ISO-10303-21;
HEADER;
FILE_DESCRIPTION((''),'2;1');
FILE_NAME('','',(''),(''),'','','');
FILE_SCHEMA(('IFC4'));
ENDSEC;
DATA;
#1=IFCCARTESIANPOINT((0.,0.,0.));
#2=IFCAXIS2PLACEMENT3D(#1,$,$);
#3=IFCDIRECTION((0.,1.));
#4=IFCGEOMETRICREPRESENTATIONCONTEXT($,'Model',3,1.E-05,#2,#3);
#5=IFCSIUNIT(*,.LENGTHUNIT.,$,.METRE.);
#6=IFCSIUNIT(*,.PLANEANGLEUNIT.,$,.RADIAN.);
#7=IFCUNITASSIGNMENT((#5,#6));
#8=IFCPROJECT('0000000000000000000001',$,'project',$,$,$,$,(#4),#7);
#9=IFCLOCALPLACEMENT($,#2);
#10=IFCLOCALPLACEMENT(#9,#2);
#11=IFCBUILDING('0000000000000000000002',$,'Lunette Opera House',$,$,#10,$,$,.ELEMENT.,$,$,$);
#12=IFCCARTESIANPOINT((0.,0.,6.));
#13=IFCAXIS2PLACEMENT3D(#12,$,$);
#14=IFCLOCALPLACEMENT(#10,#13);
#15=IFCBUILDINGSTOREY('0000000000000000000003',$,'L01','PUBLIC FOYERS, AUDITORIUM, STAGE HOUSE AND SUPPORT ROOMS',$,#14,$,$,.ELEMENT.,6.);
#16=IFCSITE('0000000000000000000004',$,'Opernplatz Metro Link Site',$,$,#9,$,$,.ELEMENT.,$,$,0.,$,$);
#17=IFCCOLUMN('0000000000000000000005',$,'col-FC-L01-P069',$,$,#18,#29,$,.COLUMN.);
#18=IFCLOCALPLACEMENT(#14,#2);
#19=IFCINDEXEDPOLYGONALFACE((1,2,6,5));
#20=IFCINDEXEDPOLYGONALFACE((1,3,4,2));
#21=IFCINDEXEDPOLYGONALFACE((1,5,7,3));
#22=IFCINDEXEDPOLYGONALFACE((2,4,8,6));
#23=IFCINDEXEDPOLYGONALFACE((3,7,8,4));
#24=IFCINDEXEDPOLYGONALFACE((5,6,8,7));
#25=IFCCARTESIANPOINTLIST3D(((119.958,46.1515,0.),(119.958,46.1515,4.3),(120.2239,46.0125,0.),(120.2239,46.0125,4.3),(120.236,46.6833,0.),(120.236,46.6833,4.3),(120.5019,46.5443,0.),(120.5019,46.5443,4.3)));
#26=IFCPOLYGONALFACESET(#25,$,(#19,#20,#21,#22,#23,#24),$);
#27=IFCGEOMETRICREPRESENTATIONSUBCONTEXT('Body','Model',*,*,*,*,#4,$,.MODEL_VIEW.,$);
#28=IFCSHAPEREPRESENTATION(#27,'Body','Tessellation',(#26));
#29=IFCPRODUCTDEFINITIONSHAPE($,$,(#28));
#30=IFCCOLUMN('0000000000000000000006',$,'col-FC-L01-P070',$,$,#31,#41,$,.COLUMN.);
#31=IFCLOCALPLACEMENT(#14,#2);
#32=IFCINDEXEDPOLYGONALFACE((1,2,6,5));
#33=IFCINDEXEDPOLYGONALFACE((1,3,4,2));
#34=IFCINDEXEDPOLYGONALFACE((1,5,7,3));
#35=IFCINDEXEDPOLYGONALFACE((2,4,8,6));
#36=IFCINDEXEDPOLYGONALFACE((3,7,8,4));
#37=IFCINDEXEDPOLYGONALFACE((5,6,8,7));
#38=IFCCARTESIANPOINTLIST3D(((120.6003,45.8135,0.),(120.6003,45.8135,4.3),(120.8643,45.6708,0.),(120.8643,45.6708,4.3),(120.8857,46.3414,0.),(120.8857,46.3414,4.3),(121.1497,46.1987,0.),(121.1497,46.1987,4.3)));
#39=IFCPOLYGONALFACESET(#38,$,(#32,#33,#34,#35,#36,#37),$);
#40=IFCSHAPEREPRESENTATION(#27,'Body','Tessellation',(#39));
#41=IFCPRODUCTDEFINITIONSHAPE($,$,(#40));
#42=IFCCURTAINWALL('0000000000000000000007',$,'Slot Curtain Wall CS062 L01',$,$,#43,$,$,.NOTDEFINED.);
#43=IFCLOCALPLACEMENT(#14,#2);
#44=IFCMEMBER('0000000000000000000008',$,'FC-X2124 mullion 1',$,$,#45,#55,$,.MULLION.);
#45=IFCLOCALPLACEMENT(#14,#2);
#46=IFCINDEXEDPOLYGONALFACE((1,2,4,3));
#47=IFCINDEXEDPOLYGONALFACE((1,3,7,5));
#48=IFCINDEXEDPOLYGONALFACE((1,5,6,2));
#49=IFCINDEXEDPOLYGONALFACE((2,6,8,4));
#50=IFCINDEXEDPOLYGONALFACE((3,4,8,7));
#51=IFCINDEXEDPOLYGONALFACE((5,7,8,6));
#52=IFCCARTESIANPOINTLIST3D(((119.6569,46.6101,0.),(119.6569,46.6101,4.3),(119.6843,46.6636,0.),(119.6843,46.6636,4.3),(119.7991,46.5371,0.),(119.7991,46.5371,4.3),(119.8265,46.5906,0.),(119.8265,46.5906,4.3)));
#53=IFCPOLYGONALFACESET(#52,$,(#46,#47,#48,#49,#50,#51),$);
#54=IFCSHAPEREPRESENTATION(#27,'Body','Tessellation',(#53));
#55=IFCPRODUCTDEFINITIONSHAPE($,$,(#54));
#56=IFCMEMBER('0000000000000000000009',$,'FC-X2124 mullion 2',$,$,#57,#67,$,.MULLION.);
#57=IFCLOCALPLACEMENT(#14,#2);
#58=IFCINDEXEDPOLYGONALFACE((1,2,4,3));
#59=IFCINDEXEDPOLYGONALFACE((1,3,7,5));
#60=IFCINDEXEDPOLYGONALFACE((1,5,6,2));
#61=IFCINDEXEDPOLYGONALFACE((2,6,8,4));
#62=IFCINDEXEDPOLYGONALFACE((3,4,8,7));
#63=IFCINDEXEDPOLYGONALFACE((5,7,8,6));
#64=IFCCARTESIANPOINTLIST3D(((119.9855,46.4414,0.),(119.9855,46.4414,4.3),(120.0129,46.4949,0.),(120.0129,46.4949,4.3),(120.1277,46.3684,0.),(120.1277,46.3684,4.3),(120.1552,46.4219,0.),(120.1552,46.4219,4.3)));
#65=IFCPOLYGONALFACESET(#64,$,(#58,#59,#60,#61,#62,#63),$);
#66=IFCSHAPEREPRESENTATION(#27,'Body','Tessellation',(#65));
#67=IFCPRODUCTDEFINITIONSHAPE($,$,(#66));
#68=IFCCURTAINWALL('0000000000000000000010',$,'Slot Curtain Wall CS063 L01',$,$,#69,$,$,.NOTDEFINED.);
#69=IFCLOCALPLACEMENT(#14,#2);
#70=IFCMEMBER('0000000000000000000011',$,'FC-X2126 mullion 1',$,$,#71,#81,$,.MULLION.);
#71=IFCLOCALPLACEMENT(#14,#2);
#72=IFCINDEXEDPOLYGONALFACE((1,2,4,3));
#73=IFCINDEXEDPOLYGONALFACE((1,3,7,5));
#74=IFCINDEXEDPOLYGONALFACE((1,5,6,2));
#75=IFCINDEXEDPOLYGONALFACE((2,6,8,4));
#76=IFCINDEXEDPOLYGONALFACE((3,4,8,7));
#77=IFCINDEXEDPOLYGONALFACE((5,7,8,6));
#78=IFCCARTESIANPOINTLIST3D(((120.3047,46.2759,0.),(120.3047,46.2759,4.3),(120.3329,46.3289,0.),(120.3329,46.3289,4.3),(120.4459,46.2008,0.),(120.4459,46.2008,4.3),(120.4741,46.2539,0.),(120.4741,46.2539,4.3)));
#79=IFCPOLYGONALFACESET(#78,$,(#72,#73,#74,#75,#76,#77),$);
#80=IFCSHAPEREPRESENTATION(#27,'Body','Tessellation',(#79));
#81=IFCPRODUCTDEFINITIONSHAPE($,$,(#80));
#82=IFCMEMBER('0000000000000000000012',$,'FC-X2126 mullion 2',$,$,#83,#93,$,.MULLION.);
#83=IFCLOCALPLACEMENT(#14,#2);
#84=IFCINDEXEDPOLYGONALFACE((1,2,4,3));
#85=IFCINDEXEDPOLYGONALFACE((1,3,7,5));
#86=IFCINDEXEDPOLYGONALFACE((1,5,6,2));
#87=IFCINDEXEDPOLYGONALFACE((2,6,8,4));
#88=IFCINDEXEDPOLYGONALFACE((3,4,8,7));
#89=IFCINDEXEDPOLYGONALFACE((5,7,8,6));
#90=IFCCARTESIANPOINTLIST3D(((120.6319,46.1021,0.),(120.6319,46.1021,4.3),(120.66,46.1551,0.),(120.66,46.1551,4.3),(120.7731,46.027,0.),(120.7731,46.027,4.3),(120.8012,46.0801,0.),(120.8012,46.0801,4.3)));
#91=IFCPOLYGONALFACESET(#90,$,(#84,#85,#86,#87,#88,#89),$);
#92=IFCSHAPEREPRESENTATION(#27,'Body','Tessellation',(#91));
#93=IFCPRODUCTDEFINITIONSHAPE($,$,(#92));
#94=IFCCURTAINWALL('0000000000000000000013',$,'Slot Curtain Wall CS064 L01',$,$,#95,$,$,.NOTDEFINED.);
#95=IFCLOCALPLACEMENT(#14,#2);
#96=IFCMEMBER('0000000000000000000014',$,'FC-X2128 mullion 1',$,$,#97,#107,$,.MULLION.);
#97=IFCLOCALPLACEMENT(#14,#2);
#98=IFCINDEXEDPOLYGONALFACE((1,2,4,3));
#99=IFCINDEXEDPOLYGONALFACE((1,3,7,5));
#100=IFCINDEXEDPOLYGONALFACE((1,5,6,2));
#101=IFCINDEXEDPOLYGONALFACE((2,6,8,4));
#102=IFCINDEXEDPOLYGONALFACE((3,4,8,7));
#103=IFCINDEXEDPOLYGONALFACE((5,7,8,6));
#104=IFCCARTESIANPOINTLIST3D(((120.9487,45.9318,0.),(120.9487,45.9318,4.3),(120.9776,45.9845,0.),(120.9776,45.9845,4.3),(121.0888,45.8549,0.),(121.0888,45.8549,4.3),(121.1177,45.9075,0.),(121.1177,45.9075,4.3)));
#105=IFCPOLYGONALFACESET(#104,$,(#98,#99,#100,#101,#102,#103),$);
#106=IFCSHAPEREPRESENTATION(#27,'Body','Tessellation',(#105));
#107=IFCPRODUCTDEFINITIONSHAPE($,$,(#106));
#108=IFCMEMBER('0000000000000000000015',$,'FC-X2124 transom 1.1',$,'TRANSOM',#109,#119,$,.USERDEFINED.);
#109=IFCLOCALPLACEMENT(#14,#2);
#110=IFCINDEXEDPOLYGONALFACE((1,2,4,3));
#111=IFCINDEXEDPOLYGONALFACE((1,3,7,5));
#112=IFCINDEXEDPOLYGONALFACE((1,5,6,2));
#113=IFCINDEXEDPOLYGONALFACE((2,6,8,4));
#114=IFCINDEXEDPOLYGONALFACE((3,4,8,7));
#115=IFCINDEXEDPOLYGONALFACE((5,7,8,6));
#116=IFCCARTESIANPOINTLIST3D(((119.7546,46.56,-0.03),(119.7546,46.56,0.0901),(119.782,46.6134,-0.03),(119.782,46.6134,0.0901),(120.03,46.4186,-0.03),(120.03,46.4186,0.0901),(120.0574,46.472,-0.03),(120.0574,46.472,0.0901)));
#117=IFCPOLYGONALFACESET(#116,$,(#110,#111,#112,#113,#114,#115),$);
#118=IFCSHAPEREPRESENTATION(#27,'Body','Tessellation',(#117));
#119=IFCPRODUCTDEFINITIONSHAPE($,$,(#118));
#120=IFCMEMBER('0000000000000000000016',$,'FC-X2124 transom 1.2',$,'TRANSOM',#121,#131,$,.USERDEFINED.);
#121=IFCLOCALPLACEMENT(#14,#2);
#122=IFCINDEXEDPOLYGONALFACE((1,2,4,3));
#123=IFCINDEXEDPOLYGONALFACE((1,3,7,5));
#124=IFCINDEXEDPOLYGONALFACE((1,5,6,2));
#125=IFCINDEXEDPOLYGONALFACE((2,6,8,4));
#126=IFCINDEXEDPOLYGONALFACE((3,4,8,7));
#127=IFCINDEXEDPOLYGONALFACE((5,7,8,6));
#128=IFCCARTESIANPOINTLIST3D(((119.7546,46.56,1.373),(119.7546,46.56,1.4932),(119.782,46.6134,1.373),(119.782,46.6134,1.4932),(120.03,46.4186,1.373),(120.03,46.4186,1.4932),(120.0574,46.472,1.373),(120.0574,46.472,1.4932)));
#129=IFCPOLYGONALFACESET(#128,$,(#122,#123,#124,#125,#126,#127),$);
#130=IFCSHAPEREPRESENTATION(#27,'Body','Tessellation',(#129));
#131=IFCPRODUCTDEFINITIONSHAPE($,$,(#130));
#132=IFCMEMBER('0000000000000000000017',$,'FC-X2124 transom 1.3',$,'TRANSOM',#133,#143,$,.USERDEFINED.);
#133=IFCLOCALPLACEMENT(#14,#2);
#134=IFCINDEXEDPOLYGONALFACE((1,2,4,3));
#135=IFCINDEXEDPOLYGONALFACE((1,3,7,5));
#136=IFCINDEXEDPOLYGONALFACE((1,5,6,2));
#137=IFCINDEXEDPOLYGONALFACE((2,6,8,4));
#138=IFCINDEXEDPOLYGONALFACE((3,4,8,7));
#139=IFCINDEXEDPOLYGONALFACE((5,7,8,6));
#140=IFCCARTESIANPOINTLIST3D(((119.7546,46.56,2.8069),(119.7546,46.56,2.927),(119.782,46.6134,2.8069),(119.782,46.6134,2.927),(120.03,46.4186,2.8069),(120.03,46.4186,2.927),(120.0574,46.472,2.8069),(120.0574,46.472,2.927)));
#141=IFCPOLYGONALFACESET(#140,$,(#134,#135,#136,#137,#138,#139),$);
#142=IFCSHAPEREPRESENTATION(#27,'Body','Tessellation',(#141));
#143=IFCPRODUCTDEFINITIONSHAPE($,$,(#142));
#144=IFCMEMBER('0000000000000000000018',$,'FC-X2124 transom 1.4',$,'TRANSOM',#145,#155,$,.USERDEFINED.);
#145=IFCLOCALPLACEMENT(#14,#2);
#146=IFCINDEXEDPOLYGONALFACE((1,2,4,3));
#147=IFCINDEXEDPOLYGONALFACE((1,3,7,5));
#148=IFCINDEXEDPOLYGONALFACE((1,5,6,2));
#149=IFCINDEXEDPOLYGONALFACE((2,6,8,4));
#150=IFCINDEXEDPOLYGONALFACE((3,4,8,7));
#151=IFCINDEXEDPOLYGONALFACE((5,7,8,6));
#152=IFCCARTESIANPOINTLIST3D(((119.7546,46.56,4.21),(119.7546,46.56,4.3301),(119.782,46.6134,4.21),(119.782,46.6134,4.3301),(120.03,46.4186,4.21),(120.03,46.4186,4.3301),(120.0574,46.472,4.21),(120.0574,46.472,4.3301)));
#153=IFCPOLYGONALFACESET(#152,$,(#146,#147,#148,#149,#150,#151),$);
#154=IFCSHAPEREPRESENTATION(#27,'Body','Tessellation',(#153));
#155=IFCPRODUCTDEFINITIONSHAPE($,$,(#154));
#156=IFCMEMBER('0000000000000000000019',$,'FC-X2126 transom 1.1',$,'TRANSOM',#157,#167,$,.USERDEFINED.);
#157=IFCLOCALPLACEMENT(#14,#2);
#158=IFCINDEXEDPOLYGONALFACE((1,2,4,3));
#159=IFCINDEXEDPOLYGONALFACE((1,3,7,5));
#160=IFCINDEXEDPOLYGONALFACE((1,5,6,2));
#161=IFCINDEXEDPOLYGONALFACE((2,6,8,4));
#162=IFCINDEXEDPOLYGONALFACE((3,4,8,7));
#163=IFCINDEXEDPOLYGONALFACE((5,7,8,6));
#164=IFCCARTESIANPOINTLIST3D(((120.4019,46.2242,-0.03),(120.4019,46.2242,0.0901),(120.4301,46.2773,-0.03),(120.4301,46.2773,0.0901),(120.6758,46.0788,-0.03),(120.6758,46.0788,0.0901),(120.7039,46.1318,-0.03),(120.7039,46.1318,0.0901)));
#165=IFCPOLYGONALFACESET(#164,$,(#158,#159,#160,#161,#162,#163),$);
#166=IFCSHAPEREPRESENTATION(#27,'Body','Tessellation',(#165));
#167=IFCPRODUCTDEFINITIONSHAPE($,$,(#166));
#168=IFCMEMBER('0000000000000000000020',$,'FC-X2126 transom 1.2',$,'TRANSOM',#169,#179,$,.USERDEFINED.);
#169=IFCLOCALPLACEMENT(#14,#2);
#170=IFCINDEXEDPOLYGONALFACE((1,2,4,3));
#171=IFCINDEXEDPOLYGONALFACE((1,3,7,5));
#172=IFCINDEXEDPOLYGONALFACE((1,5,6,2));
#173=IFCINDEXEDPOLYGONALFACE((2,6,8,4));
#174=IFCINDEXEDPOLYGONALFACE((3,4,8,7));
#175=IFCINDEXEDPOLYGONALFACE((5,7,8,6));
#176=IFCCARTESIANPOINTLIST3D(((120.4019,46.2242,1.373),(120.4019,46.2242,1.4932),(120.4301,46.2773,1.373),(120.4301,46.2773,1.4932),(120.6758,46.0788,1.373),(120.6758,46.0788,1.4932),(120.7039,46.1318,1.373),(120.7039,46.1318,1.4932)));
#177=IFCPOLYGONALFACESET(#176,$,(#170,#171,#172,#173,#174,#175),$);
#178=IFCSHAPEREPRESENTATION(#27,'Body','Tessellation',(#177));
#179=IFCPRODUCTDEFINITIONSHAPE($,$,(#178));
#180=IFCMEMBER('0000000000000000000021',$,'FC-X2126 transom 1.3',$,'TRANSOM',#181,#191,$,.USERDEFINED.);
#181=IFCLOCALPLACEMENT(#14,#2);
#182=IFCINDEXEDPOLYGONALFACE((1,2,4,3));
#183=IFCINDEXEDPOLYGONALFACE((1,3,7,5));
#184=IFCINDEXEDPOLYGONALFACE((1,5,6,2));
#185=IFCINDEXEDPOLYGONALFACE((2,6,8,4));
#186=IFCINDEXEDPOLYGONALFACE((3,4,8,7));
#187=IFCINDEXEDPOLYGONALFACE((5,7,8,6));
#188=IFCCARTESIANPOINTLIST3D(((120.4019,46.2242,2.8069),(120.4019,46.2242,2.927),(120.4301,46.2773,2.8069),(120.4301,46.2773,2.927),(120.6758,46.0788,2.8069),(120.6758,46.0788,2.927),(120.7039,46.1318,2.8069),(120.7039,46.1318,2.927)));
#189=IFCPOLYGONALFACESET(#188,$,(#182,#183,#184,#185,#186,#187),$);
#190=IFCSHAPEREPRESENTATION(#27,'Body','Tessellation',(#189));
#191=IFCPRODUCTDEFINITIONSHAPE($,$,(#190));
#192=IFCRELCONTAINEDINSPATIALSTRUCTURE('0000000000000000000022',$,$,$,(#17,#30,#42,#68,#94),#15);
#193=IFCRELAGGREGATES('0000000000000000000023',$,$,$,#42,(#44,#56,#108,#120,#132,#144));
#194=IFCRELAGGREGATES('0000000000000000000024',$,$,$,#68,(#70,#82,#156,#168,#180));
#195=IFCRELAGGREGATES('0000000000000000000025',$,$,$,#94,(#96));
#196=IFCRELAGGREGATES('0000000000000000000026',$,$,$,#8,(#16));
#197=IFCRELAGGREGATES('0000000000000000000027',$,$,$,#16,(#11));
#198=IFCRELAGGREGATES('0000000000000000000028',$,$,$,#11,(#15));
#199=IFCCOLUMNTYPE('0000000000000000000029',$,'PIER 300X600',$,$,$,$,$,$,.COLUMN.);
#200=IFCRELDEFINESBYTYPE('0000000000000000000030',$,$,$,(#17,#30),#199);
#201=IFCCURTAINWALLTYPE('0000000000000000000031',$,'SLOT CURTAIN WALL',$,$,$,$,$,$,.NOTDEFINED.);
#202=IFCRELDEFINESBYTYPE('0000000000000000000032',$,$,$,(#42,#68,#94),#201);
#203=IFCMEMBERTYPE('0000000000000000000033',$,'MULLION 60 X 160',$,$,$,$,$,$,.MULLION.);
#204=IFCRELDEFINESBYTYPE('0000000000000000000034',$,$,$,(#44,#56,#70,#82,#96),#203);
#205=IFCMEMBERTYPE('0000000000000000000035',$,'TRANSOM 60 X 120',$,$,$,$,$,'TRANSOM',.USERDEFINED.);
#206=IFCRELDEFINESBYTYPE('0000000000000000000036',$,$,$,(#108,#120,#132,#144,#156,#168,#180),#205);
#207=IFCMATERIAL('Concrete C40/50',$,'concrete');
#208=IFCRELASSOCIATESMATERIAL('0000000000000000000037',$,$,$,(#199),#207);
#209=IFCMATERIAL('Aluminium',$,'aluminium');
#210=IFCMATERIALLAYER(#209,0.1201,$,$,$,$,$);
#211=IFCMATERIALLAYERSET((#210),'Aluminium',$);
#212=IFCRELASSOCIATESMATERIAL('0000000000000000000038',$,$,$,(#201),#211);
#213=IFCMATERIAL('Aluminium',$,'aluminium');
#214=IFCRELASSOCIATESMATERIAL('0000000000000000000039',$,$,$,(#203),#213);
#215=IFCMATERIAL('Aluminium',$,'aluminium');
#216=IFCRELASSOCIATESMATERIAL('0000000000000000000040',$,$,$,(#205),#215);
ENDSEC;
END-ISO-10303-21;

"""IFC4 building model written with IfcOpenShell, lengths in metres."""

from ifc_helpers import new_model, si_unit, direction, frame, origin, origin_2d, place, context, subcontext, project, spatial, rectangle, extrude, material, layer, layer_set, material_profile, profile_set, type_object, element, aggregate, save


model = new_model("IFC4")

# Units and contexts
model_context = context("Model", 3, precision=1e-05, world=origin(), true_north=direction((0.0, 1.0)))
body_context = subcontext(model_context, "Body", "Model", "MODEL_VIEW")
ifc_project = project(units=[si_unit("LENGTHUNIT", "METRE"), si_unit("PLANEANGLEUNIT", "RADIAN")], contexts=[model_context])

# Site, building, storey
site_placement = place(None, origin())
site = spatial("IfcSite", under=ifc_project, at=site_placement, Name="Opernplatz Metro Link Site", CompositionType="ELEMENT", RefElevation=0.0)
building_placement = place(site_placement, origin())
building = spatial("IfcBuilding", under=site, at=building_placement, Name="Lunette Opera House", CompositionType="ELEMENT")
storey_placement = place(building_placement, frame((0.0, 0.0, 6.0)))
storey = spatial("IfcBuildingStorey", under=building, at=storey_placement, Name="L01", Description="PUBLIC FOYERS, AUDITORIUM, STAGE HOUSE AND SUPPORT ROOMS", CompositionType="ELEMENT", Elevation=6.0)

# Columns
ifc_material_1 = material(Name="Concrete C40/50", Category="concrete")
ifc_material_profile_1 = material_profile(ifc_material_1, rectangle(XDim=0.3, YDim=0.6001, at=origin_2d()), Name="PIER 300X600")
ifc_profile_set_1 = profile_set([ifc_material_profile_1], Name="Concrete C40/50")
column_type = type_object("IfcColumnType", Name="PIER 300X600", PredefinedType="COLUMN", material=ifc_profile_set_1)
for number, where, z_axis, x_axis, name in (
    (1, (120.23, 46.3479, 0.0), (0.0, 0.0, 1.0), (0.886204, -0.463296, 0.0), "col-FC-L01-P069"),
    (2, (120.875, 46.0061, 0.0), (0.0, 0.0, 1.0), (0.879649, -0.475624, 0.0), "col-FC-L01-P070"),
):
    element("IfcColumn", number, at=place(storey_placement, frame(where, z_axis=z_axis, x_axis=x_axis)), inside=storey, type_object=column_type, Name=name, PredefinedType="COLUMN", context=body_context, shape_type="SweptSolid", body=[
        extrude(rectangle(XDim=0.3, YDim=0.6001, at=origin_2d()), origin(), (0.0, 0.0, 1.0), 4.3),
    ])

# Curtain walls, members
ifc_material_2 = material(Name="Aluminium", Category="aluminium")
ifc_layer_1 = layer(ifc_material_2, 0.1201)
ifc_layer_set_1 = layer_set([ifc_layer_1], Name="Aluminium")
curtain_wall_type = type_object("IfcCurtainWallType", Name="SLOT CURTAIN WALL", PredefinedType="NOTDEFINED", material=ifc_layer_set_1)
curtain_wall_1_placement = place(storey_placement, origin())
curtain_wall_1 = element("IfcCurtainWall", 3, at=curtain_wall_1_placement, inside=storey, type_object=curtain_wall_type, Name="Slot Curtain Wall CS062 L01", PredefinedType="NOTDEFINED")
ifc_material_3 = material(Name="Aluminium", Category="aluminium")
ifc_material_profile_2 = material_profile(ifc_material_3, rectangle(XDim=0.0601, YDim=0.1599, at=origin_2d()), Name="MULLION 60 X 160")
ifc_profile_set_2 = profile_set([ifc_material_profile_2], Name="Aluminium")
member_type_1 = type_object("IfcMemberType", Name="MULLION 60 X 160", PredefinedType="MULLION", material=ifc_profile_set_2)
member_1_placement = place(storey_placement, frame((119.7417, 46.6003, 0.0), z_axis=(0.0, 0.0, 1.0), x_axis=(0.456506, 0.88972, 0.0)))
member_1 = element("IfcMember", 4, at=member_1_placement, type_object=member_type_1, Name="FC-X2124 mullion 1", PredefinedType="MULLION", context=body_context, shape_type="SweptSolid", body=[
    extrude(rectangle(XDim=0.0601, YDim=0.1599, at=origin_2d()), origin(), (0.0, 0.0, 1.0), 4.3),
])
member_2_placement = place(storey_placement, frame((120.0703, 46.4316, 0.0), z_axis=(0.0, 0.0, 1.0), x_axis=(0.456506, 0.88972, 0.0)))
member_2 = element("IfcMember", 5, at=member_2_placement, type_object=member_type_1, Name="FC-X2124 mullion 2", PredefinedType="MULLION", context=body_context, shape_type="SweptSolid", body=[
    extrude(rectangle(XDim=0.0601, YDim=0.1599, at=origin_2d()), origin(), (0.0, 0.0, 1.0), 4.3),
])
curtain_wall_2_placement = place(storey_placement, origin())
curtain_wall_2 = element("IfcCurtainWall", 6, at=curtain_wall_2_placement, inside=storey, type_object=curtain_wall_type, Name="Slot Curtain Wall CS063 L01", PredefinedType="NOTDEFINED")
member_3_placement = place(storey_placement, frame((120.3894, 46.2649, 0.0), z_axis=(0.0, 0.0, 1.0), x_axis=(0.469382, 0.882995, 0.0)))
member_3 = element("IfcMember", 7, at=member_3_placement, type_object=member_type_1, Name="FC-X2126 mullion 1", PredefinedType="MULLION", context=body_context, shape_type="SweptSolid", body=[
    extrude(rectangle(XDim=0.0601, YDim=0.1599, at=origin_2d()), origin(), (0.0, 0.0, 1.0), 4.3),
])
member_4_placement = place(storey_placement, frame((120.7166, 46.0911, 0.0), z_axis=(0.0, 0.0, 1.0), x_axis=(0.469382, 0.882995, 0.0)))
member_4 = element("IfcMember", 8, at=member_4_placement, type_object=member_type_1, Name="FC-X2126 mullion 2", PredefinedType="MULLION", context=body_context, shape_type="SweptSolid", body=[
    extrude(rectangle(XDim=0.0601, YDim=0.1599, at=origin_2d()), origin(), (0.0, 0.0, 1.0), 4.3),
])

# Curtain wall, member
curtain_wall_3_placement = place(storey_placement, origin())
curtain_wall_3 = element("IfcCurtainWall", 9, at=curtain_wall_3_placement, inside=storey, type_object=curtain_wall_type, Name="Slot Curtain Wall CS064 L01", PredefinedType="NOTDEFINED")
member_5_placement = place(storey_placement, frame((121.0332, 45.9197, 0.0), z_axis=(0.0, 0.0, 1.0), x_axis=(0.481294, 0.876559, 0.0)))
member_5 = element("IfcMember", 10, at=member_5_placement, type_object=member_type_1, Name="FC-X2128 mullion 1", PredefinedType="MULLION", context=body_context, shape_type="SweptSolid", body=[
    extrude(rectangle(XDim=0.0601, YDim=0.1599, at=origin_2d()), origin(), (0.0, 0.0, 1.0), 4.3),
])

# Members
ifc_material_4 = material(Name="Aluminium", Category="aluminium")
ifc_material_profile_3 = material_profile(ifc_material_4, rectangle(XDim=0.0601, YDim=0.1201, at=origin_2d()), Name="TRANSOM 60 X 120")
ifc_profile_set_3 = profile_set([ifc_material_profile_3], Name="Aluminium")
member_type_2 = type_object("IfcMemberType", Name="TRANSOM 60 X 120", ElementType="TRANSOM", PredefinedType="USERDEFINED", material=ifc_profile_set_3)
member_6_placement = place(storey_placement, frame((119.7683, 46.5867, 0.03), z_axis=(0.889645, -0.456653, 0.0), x_axis=(0.456653, 0.889645, 0.0)))
member_6 = element("IfcMember", 11, at=member_6_placement, type_object=member_type_2, Name="FC-X2124 transom 1.1", ObjectType="TRANSOM", PredefinedType="USERDEFINED", context=body_context, shape_type="SweptSolid", body=[
    extrude(rectangle(XDim=0.0601, YDim=0.1201, at=origin_2d()), origin(), (0.0, 0.0, 1.0), 0.3096),
])
member_7_placement = place(storey_placement, frame((119.7683, 46.5867, 1.4331), z_axis=(0.889645, -0.456653, 0.0), x_axis=(0.456653, 0.889645, 0.0)))
member_7 = element("IfcMember", 12, at=member_7_placement, type_object=member_type_2, Name="FC-X2124 transom 1.2", ObjectType="TRANSOM", PredefinedType="USERDEFINED", context=body_context, shape_type="SweptSolid", body=[
    extrude(rectangle(XDim=0.0601, YDim=0.1201, at=origin_2d()), origin(), (0.0, 0.0, 1.0), 0.3096),
])
member_8_placement = place(storey_placement, frame((119.7683, 46.5867, 2.8669), z_axis=(0.889645, -0.456653, 0.0), x_axis=(0.456653, 0.889645, 0.0)))
member_8 = element("IfcMember", 13, at=member_8_placement, type_object=member_type_2, Name="FC-X2124 transom 1.3", ObjectType="TRANSOM", PredefinedType="USERDEFINED", context=body_context, shape_type="SweptSolid", body=[
    extrude(rectangle(XDim=0.0601, YDim=0.1201, at=origin_2d()), origin(), (0.0, 0.0, 1.0), 0.3096),
])
member_9_placement = place(storey_placement, frame((119.7683, 46.5867, 4.27), z_axis=(0.889645, -0.456653, 0.0), x_axis=(0.456653, 0.889645, 0.0)))
member_9 = element("IfcMember", 14, at=member_9_placement, type_object=member_type_2, Name="FC-X2124 transom 1.4", ObjectType="TRANSOM", PredefinedType="USERDEFINED", context=body_context, shape_type="SweptSolid", body=[
    extrude(rectangle(XDim=0.0601, YDim=0.1201, at=origin_2d()), origin(), (0.0, 0.0, 1.0), 0.3096),
])
member_10_placement = place(storey_placement, frame((120.416, 46.2507, 0.03), z_axis=(0.883136, -0.469117, 0.0), x_axis=(0.469117, 0.883136, 0.0)))
member_10 = element("IfcMember", 15, at=member_10_placement, type_object=member_type_2, Name="FC-X2126 transom 1.1", ObjectType="TRANSOM", PredefinedType="USERDEFINED", context=body_context, shape_type="SweptSolid", body=[
    extrude(rectangle(XDim=0.0601, YDim=0.1201, at=origin_2d()), origin(), (0.0, 0.0, 1.0), 0.3101),
])
member_11_placement = place(storey_placement, frame((120.416, 46.2507, 1.4331), z_axis=(0.883136, -0.469117, 0.0), x_axis=(0.469117, 0.883136, 0.0)))
member_11 = element("IfcMember", 16, at=member_11_placement, type_object=member_type_2, Name="FC-X2126 transom 1.2", ObjectType="TRANSOM", PredefinedType="USERDEFINED", context=body_context, shape_type="SweptSolid", body=[
    extrude(rectangle(XDim=0.0601, YDim=0.1201, at=origin_2d()), origin(), (0.0, 0.0, 1.0), 0.3101),
])
member_12_placement = place(storey_placement, frame((120.416, 46.2507, 2.8669), z_axis=(0.883136, -0.469117, 0.0), x_axis=(0.469117, 0.883136, 0.0)))
member_12 = element("IfcMember", 17, at=member_12_placement, type_object=member_type_2, Name="FC-X2126 transom 1.3", ObjectType="TRANSOM", PredefinedType="USERDEFINED", context=body_context, shape_type="SweptSolid", body=[
    extrude(rectangle(XDim=0.0601, YDim=0.1201, at=origin_2d()), origin(), (0.0, 0.0, 1.0), 0.3101),
])

aggregate(curtain_wall_1, [member_1, member_2, member_6, member_7, member_8, member_9])
aggregate(curtain_wall_2, [member_3, member_4, member_10, member_11, member_12])
aggregate(curtain_wall_3, [member_5])

save(model, "model.ifc")
